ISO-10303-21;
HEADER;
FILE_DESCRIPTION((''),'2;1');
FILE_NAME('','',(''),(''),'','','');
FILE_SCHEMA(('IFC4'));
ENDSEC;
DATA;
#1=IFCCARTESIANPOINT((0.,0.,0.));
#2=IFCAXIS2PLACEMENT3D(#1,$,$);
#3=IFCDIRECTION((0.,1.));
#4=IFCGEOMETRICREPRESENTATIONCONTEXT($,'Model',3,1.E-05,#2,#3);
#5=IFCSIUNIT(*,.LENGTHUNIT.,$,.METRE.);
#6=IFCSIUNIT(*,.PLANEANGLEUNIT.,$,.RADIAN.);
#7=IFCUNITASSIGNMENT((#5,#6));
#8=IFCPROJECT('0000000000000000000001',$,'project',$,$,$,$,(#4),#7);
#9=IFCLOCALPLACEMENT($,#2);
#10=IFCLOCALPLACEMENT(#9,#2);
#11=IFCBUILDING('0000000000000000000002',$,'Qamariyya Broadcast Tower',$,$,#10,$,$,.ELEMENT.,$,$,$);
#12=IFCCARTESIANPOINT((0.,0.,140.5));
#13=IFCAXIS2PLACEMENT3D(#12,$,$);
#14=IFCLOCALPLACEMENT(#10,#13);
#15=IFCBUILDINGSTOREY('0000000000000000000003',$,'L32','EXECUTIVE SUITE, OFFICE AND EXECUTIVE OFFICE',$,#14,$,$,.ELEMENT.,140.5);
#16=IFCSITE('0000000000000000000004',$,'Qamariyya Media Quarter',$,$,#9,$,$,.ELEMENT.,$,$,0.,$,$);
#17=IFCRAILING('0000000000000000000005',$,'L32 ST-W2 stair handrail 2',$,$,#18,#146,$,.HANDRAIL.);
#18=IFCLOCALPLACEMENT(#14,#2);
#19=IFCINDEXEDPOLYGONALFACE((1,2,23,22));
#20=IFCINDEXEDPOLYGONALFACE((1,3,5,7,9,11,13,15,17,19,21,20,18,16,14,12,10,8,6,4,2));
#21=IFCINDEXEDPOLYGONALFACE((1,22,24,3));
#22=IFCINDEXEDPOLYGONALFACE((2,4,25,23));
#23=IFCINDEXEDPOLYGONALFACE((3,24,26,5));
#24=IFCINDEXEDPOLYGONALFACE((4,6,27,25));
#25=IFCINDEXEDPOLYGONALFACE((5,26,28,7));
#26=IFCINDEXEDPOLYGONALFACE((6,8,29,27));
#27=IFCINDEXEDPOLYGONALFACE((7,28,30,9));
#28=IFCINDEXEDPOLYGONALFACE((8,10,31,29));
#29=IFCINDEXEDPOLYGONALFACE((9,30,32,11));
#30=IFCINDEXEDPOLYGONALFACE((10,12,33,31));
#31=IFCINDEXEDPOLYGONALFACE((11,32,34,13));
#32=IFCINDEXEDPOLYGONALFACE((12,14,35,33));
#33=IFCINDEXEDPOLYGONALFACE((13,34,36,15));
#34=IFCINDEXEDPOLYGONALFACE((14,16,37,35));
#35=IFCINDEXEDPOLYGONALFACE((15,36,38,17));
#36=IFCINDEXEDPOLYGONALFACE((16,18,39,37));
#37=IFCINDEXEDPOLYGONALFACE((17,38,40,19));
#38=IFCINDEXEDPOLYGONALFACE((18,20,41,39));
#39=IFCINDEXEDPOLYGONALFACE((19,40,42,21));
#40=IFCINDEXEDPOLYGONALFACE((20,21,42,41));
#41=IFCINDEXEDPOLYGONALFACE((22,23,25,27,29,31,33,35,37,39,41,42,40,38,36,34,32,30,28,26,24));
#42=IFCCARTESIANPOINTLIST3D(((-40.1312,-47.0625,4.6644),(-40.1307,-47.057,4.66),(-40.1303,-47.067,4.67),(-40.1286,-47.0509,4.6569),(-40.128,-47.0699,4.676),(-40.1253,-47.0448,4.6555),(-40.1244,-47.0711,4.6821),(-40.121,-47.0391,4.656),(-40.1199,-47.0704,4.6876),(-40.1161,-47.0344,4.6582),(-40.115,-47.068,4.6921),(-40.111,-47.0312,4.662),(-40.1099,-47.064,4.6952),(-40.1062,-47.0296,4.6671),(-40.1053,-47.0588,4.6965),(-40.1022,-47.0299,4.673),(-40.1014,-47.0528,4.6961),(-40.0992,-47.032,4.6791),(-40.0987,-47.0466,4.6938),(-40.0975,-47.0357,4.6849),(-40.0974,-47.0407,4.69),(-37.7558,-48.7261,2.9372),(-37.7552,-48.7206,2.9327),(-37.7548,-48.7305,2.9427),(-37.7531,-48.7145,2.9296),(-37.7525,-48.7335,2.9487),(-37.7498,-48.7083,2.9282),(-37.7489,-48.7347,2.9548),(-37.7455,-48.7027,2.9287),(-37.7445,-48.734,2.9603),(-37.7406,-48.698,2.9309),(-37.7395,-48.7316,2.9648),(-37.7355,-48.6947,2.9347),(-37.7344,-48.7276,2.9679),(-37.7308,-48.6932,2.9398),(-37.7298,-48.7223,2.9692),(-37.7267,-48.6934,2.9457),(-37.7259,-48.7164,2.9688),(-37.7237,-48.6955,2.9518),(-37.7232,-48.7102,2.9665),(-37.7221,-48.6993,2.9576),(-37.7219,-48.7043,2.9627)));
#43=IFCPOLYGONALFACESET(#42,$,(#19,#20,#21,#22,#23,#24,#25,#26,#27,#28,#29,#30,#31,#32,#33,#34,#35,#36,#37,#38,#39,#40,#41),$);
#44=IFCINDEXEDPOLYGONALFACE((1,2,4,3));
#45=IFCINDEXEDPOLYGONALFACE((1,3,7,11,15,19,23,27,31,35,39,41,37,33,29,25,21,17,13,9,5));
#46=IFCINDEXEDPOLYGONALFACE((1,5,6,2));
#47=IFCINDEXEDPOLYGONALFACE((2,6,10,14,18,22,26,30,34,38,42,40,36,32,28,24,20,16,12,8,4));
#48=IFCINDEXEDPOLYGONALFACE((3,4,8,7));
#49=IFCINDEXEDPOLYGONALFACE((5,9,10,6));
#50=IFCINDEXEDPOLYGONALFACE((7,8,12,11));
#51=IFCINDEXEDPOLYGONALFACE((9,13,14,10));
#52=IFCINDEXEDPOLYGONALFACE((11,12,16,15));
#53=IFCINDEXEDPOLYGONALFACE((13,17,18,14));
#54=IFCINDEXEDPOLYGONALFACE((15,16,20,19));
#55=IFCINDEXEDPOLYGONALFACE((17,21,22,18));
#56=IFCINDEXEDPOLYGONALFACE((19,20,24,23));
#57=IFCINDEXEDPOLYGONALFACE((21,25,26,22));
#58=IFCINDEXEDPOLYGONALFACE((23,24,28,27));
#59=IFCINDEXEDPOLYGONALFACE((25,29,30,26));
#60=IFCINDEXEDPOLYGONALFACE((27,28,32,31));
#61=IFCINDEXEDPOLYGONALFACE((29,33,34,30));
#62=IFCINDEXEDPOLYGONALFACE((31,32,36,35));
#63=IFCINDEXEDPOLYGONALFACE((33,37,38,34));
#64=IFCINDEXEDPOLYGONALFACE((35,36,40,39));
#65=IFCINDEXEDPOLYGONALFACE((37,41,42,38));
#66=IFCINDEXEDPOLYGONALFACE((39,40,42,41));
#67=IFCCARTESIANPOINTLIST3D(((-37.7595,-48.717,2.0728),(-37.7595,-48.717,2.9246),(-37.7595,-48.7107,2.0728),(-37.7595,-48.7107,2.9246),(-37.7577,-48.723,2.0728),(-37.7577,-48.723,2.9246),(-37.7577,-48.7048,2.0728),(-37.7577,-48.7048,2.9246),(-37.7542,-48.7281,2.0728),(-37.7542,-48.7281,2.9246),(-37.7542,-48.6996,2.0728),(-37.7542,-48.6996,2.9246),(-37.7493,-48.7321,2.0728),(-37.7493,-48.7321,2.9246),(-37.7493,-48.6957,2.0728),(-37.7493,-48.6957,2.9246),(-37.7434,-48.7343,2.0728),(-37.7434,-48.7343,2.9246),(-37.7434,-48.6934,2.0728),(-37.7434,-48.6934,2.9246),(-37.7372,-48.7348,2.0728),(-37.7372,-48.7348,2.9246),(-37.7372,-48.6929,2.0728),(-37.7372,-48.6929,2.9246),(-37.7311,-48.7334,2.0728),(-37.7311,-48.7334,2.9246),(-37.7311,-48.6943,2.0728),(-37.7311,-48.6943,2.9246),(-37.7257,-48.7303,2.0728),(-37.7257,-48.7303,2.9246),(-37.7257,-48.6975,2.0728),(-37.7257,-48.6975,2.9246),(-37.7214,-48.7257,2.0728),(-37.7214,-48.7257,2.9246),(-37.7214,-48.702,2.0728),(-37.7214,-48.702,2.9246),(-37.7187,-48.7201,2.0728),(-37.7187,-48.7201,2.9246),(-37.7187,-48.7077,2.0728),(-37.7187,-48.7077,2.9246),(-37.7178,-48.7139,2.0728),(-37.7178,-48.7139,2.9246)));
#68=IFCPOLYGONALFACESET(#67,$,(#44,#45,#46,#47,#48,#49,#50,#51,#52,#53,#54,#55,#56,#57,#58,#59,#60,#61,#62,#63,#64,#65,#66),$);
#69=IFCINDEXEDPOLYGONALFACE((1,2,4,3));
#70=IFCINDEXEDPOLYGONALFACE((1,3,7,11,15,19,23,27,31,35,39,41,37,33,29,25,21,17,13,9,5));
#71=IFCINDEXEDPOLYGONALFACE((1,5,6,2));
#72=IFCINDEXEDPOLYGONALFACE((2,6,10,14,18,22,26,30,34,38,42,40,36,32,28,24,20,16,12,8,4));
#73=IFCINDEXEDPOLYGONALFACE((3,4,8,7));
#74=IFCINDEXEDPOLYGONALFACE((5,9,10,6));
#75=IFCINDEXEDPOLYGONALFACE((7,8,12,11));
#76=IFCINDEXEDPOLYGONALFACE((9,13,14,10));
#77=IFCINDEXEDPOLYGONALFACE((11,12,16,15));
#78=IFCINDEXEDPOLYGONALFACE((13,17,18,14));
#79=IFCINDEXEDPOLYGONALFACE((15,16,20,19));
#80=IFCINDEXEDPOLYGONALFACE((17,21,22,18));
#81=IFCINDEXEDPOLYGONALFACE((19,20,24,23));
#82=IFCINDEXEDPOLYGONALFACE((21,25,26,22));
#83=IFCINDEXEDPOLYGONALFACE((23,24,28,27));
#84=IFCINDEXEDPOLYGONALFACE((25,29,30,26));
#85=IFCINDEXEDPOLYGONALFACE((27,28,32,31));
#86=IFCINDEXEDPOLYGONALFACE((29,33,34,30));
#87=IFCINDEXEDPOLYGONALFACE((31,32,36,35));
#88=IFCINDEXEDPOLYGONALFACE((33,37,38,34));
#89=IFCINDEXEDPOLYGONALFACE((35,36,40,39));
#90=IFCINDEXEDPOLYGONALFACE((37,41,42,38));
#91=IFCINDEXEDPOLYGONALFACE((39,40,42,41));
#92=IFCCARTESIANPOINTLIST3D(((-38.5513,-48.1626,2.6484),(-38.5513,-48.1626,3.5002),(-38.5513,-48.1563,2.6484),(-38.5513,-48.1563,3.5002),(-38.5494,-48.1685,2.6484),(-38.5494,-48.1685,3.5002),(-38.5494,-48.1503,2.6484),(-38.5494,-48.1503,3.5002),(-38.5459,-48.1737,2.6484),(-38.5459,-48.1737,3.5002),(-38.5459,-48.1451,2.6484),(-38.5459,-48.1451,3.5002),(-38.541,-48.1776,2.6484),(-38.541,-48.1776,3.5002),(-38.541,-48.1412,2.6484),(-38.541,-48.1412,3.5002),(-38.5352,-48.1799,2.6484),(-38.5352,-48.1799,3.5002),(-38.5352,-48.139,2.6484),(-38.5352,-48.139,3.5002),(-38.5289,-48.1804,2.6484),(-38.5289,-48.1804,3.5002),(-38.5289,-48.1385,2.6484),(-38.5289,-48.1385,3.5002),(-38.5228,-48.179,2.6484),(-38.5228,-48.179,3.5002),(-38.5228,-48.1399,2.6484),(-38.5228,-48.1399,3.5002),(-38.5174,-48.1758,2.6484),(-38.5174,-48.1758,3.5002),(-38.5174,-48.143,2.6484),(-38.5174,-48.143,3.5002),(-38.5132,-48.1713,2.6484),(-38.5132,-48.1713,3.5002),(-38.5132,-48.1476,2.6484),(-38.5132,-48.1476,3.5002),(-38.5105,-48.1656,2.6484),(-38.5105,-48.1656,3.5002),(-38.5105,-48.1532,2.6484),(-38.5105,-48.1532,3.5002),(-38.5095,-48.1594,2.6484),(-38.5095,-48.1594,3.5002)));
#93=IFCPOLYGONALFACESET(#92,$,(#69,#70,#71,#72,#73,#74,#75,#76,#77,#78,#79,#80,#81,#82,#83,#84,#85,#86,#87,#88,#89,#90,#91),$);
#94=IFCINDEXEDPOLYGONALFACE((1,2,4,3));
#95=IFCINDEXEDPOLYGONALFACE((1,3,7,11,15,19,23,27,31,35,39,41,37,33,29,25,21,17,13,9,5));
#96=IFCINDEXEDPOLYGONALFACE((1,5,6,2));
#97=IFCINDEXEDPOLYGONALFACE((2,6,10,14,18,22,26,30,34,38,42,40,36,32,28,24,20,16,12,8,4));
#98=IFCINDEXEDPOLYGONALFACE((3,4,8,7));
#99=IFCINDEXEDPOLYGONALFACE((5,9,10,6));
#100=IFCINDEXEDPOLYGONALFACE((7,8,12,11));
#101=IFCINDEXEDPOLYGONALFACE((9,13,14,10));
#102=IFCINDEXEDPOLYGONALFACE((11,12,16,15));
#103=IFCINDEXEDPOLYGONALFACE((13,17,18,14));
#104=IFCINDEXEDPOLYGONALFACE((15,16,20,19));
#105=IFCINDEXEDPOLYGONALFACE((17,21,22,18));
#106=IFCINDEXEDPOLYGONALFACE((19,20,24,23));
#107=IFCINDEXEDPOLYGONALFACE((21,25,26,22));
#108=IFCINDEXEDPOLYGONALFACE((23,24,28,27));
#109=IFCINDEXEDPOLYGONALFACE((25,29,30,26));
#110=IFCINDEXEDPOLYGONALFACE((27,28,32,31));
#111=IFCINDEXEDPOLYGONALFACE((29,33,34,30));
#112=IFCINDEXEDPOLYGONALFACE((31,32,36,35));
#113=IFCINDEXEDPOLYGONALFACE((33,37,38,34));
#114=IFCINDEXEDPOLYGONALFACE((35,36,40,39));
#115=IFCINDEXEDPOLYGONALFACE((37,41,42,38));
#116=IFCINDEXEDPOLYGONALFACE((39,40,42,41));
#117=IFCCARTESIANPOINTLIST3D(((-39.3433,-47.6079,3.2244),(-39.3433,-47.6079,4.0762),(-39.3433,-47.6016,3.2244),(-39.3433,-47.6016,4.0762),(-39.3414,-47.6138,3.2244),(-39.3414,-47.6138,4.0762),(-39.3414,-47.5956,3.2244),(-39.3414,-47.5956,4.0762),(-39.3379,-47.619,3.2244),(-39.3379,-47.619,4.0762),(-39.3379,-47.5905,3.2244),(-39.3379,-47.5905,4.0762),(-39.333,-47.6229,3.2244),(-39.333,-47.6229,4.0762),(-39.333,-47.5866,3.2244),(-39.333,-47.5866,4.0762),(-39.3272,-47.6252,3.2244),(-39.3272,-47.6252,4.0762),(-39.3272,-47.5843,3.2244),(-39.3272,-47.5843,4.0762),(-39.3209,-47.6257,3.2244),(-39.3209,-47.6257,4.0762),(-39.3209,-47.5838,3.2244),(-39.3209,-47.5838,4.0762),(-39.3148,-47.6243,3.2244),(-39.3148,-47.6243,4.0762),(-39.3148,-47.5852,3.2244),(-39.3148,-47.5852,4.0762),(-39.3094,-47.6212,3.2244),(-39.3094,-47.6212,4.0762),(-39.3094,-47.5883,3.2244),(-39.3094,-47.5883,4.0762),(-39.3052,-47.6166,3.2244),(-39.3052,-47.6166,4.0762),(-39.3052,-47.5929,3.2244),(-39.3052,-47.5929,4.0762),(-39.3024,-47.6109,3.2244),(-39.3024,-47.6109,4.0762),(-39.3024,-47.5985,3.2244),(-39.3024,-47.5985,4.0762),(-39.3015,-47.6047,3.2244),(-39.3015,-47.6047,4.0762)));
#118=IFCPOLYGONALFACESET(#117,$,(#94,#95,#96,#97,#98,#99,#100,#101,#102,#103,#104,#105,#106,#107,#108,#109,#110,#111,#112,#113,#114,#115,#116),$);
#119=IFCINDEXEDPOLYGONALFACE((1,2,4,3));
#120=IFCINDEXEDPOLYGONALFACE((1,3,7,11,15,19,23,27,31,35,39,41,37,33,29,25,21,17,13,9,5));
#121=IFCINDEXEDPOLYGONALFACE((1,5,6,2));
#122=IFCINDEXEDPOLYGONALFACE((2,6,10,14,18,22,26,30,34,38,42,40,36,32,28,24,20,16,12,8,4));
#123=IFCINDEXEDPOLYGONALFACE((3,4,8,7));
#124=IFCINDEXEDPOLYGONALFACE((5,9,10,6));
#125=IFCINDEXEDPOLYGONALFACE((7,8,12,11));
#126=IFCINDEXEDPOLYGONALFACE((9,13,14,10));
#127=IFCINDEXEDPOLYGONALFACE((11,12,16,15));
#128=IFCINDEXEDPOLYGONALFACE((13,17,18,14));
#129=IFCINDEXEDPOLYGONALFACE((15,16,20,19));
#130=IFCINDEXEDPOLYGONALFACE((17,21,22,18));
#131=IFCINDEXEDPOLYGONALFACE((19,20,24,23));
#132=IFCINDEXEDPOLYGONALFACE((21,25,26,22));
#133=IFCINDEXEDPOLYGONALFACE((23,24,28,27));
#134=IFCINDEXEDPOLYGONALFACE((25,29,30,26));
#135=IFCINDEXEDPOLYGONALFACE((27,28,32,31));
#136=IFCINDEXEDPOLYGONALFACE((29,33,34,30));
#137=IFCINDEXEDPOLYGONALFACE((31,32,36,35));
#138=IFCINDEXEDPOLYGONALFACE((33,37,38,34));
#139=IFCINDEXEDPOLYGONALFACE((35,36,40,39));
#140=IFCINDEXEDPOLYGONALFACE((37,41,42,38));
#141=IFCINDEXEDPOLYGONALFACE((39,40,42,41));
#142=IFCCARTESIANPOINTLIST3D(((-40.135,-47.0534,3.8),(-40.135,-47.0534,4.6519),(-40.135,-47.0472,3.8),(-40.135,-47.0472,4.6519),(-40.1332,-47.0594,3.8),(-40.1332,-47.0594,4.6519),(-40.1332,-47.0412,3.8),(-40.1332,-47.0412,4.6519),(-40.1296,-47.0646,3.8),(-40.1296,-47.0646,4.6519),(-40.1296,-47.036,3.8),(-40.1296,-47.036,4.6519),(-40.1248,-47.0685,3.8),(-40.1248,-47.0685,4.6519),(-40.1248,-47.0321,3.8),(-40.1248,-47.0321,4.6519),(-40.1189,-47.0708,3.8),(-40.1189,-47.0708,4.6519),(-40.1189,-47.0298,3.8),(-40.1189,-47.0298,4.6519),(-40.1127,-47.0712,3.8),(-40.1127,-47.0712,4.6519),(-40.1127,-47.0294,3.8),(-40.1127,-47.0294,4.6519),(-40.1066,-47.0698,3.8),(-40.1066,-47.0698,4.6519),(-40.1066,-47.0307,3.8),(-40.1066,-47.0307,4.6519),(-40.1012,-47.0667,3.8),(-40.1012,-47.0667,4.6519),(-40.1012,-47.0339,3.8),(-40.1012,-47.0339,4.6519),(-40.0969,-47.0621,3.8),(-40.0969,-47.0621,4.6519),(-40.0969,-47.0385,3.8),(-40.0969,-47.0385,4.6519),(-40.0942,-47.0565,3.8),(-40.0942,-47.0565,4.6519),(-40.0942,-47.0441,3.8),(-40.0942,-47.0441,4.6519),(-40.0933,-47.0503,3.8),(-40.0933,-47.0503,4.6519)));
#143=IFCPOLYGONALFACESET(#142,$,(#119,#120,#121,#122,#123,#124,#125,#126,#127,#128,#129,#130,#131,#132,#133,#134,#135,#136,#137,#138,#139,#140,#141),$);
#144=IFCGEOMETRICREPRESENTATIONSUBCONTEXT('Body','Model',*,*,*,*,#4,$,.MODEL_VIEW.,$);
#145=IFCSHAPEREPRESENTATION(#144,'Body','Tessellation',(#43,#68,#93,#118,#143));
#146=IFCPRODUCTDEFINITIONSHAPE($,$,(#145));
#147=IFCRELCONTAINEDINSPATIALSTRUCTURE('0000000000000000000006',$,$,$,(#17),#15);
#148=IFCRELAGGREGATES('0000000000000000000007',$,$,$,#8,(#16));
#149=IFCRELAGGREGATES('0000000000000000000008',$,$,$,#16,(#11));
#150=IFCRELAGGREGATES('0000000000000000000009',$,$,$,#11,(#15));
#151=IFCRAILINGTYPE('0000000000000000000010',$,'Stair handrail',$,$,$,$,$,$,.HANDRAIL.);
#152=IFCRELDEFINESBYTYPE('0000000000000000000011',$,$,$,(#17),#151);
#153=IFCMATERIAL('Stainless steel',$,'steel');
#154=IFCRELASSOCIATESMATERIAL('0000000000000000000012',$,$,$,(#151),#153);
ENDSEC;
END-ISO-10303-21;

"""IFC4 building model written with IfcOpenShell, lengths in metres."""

from ifc_helpers import new_model, si_unit, direction, frame, origin, origin_2d, place, context, subcontext, project, spatial, circle, extrude, material, type_object, element, save


model = new_model("IFC4")

# Units and contexts
model_context = context("Model", 3, precision=1e-05, world=origin(), true_north=direction((0.0, 1.0)))
body_context = subcontext(model_context, "Body", "Model", "MODEL_VIEW")
ifc_project = project(units=[si_unit("LENGTHUNIT", "METRE"), si_unit("PLANEANGLEUNIT", "RADIAN")], contexts=[model_context])

# Site, building, storey
site_placement = place(None, origin())
site = spatial("IfcSite", under=ifc_project, at=site_placement, Name="Qamariyya Media Quarter", CompositionType="ELEMENT", RefElevation=0.0)
building_placement = place(site_placement, origin())
building = spatial("IfcBuilding", under=site, at=building_placement, Name="Qamariyya Broadcast Tower", CompositionType="ELEMENT")
storey_placement = place(building_placement, frame((0.0, 0.0, 140.5)))
storey = spatial("IfcBuildingStorey", under=building, at=storey_placement, Name="L32", Description="EXECUTIVE SUITE, OFFICE AND EXECUTIVE OFFICE", CompositionType="ELEMENT", Elevation=140.5)

# Railing
ifc_material_1 = material(Name="Stainless steel", Category="steel")
railing_type_1 = type_object("IfcRailingType", Name="Stair handrail", PredefinedType="HANDRAIL", material=ifc_material_1)
railing_1_placement = place(storey_placement, frame((-37.7388, -48.7139, 2.0728)))
element("IfcRailing", 1, at=railing_1_placement, inside=storey, type_object=railing_type_1, Name="L32 ST-W2 stair handrail 2", PredefinedType="HANDRAIL", context=body_context, shape_type="SweptSolid", body=[
    extrude(circle(Radius=0.0239, at=origin_2d()), frame((0.0, 0.0, 0.876), z_axis=(-0.703745, 0.492838, 0.511716), x_axis=(-0.573632, -0.819113, 0.0)), (0.0, 0.0, 1.0), 3.3755),
    extrude(circle(Radius=0.021, at=origin_2d()), origin(), (0.0, 0.0, 1.0), 0.8518),
    extrude(circle(Radius=0.021, at=origin_2d()), frame((-0.7917, 0.5544, 0.5757)), (0.0, 0.0, 1.0), 0.8518),
    extrude(circle(Radius=0.021, at=origin_2d()), frame((-1.5837, 1.1091, 1.1516)), (0.0, 0.0, 1.0), 0.8518),
    extrude(circle(Radius=0.021, at=origin_2d()), frame((-2.3755, 1.6636, 1.7273)), (0.0, 0.0, 1.0), 0.8518),
])

save(model, "model.ifc")
